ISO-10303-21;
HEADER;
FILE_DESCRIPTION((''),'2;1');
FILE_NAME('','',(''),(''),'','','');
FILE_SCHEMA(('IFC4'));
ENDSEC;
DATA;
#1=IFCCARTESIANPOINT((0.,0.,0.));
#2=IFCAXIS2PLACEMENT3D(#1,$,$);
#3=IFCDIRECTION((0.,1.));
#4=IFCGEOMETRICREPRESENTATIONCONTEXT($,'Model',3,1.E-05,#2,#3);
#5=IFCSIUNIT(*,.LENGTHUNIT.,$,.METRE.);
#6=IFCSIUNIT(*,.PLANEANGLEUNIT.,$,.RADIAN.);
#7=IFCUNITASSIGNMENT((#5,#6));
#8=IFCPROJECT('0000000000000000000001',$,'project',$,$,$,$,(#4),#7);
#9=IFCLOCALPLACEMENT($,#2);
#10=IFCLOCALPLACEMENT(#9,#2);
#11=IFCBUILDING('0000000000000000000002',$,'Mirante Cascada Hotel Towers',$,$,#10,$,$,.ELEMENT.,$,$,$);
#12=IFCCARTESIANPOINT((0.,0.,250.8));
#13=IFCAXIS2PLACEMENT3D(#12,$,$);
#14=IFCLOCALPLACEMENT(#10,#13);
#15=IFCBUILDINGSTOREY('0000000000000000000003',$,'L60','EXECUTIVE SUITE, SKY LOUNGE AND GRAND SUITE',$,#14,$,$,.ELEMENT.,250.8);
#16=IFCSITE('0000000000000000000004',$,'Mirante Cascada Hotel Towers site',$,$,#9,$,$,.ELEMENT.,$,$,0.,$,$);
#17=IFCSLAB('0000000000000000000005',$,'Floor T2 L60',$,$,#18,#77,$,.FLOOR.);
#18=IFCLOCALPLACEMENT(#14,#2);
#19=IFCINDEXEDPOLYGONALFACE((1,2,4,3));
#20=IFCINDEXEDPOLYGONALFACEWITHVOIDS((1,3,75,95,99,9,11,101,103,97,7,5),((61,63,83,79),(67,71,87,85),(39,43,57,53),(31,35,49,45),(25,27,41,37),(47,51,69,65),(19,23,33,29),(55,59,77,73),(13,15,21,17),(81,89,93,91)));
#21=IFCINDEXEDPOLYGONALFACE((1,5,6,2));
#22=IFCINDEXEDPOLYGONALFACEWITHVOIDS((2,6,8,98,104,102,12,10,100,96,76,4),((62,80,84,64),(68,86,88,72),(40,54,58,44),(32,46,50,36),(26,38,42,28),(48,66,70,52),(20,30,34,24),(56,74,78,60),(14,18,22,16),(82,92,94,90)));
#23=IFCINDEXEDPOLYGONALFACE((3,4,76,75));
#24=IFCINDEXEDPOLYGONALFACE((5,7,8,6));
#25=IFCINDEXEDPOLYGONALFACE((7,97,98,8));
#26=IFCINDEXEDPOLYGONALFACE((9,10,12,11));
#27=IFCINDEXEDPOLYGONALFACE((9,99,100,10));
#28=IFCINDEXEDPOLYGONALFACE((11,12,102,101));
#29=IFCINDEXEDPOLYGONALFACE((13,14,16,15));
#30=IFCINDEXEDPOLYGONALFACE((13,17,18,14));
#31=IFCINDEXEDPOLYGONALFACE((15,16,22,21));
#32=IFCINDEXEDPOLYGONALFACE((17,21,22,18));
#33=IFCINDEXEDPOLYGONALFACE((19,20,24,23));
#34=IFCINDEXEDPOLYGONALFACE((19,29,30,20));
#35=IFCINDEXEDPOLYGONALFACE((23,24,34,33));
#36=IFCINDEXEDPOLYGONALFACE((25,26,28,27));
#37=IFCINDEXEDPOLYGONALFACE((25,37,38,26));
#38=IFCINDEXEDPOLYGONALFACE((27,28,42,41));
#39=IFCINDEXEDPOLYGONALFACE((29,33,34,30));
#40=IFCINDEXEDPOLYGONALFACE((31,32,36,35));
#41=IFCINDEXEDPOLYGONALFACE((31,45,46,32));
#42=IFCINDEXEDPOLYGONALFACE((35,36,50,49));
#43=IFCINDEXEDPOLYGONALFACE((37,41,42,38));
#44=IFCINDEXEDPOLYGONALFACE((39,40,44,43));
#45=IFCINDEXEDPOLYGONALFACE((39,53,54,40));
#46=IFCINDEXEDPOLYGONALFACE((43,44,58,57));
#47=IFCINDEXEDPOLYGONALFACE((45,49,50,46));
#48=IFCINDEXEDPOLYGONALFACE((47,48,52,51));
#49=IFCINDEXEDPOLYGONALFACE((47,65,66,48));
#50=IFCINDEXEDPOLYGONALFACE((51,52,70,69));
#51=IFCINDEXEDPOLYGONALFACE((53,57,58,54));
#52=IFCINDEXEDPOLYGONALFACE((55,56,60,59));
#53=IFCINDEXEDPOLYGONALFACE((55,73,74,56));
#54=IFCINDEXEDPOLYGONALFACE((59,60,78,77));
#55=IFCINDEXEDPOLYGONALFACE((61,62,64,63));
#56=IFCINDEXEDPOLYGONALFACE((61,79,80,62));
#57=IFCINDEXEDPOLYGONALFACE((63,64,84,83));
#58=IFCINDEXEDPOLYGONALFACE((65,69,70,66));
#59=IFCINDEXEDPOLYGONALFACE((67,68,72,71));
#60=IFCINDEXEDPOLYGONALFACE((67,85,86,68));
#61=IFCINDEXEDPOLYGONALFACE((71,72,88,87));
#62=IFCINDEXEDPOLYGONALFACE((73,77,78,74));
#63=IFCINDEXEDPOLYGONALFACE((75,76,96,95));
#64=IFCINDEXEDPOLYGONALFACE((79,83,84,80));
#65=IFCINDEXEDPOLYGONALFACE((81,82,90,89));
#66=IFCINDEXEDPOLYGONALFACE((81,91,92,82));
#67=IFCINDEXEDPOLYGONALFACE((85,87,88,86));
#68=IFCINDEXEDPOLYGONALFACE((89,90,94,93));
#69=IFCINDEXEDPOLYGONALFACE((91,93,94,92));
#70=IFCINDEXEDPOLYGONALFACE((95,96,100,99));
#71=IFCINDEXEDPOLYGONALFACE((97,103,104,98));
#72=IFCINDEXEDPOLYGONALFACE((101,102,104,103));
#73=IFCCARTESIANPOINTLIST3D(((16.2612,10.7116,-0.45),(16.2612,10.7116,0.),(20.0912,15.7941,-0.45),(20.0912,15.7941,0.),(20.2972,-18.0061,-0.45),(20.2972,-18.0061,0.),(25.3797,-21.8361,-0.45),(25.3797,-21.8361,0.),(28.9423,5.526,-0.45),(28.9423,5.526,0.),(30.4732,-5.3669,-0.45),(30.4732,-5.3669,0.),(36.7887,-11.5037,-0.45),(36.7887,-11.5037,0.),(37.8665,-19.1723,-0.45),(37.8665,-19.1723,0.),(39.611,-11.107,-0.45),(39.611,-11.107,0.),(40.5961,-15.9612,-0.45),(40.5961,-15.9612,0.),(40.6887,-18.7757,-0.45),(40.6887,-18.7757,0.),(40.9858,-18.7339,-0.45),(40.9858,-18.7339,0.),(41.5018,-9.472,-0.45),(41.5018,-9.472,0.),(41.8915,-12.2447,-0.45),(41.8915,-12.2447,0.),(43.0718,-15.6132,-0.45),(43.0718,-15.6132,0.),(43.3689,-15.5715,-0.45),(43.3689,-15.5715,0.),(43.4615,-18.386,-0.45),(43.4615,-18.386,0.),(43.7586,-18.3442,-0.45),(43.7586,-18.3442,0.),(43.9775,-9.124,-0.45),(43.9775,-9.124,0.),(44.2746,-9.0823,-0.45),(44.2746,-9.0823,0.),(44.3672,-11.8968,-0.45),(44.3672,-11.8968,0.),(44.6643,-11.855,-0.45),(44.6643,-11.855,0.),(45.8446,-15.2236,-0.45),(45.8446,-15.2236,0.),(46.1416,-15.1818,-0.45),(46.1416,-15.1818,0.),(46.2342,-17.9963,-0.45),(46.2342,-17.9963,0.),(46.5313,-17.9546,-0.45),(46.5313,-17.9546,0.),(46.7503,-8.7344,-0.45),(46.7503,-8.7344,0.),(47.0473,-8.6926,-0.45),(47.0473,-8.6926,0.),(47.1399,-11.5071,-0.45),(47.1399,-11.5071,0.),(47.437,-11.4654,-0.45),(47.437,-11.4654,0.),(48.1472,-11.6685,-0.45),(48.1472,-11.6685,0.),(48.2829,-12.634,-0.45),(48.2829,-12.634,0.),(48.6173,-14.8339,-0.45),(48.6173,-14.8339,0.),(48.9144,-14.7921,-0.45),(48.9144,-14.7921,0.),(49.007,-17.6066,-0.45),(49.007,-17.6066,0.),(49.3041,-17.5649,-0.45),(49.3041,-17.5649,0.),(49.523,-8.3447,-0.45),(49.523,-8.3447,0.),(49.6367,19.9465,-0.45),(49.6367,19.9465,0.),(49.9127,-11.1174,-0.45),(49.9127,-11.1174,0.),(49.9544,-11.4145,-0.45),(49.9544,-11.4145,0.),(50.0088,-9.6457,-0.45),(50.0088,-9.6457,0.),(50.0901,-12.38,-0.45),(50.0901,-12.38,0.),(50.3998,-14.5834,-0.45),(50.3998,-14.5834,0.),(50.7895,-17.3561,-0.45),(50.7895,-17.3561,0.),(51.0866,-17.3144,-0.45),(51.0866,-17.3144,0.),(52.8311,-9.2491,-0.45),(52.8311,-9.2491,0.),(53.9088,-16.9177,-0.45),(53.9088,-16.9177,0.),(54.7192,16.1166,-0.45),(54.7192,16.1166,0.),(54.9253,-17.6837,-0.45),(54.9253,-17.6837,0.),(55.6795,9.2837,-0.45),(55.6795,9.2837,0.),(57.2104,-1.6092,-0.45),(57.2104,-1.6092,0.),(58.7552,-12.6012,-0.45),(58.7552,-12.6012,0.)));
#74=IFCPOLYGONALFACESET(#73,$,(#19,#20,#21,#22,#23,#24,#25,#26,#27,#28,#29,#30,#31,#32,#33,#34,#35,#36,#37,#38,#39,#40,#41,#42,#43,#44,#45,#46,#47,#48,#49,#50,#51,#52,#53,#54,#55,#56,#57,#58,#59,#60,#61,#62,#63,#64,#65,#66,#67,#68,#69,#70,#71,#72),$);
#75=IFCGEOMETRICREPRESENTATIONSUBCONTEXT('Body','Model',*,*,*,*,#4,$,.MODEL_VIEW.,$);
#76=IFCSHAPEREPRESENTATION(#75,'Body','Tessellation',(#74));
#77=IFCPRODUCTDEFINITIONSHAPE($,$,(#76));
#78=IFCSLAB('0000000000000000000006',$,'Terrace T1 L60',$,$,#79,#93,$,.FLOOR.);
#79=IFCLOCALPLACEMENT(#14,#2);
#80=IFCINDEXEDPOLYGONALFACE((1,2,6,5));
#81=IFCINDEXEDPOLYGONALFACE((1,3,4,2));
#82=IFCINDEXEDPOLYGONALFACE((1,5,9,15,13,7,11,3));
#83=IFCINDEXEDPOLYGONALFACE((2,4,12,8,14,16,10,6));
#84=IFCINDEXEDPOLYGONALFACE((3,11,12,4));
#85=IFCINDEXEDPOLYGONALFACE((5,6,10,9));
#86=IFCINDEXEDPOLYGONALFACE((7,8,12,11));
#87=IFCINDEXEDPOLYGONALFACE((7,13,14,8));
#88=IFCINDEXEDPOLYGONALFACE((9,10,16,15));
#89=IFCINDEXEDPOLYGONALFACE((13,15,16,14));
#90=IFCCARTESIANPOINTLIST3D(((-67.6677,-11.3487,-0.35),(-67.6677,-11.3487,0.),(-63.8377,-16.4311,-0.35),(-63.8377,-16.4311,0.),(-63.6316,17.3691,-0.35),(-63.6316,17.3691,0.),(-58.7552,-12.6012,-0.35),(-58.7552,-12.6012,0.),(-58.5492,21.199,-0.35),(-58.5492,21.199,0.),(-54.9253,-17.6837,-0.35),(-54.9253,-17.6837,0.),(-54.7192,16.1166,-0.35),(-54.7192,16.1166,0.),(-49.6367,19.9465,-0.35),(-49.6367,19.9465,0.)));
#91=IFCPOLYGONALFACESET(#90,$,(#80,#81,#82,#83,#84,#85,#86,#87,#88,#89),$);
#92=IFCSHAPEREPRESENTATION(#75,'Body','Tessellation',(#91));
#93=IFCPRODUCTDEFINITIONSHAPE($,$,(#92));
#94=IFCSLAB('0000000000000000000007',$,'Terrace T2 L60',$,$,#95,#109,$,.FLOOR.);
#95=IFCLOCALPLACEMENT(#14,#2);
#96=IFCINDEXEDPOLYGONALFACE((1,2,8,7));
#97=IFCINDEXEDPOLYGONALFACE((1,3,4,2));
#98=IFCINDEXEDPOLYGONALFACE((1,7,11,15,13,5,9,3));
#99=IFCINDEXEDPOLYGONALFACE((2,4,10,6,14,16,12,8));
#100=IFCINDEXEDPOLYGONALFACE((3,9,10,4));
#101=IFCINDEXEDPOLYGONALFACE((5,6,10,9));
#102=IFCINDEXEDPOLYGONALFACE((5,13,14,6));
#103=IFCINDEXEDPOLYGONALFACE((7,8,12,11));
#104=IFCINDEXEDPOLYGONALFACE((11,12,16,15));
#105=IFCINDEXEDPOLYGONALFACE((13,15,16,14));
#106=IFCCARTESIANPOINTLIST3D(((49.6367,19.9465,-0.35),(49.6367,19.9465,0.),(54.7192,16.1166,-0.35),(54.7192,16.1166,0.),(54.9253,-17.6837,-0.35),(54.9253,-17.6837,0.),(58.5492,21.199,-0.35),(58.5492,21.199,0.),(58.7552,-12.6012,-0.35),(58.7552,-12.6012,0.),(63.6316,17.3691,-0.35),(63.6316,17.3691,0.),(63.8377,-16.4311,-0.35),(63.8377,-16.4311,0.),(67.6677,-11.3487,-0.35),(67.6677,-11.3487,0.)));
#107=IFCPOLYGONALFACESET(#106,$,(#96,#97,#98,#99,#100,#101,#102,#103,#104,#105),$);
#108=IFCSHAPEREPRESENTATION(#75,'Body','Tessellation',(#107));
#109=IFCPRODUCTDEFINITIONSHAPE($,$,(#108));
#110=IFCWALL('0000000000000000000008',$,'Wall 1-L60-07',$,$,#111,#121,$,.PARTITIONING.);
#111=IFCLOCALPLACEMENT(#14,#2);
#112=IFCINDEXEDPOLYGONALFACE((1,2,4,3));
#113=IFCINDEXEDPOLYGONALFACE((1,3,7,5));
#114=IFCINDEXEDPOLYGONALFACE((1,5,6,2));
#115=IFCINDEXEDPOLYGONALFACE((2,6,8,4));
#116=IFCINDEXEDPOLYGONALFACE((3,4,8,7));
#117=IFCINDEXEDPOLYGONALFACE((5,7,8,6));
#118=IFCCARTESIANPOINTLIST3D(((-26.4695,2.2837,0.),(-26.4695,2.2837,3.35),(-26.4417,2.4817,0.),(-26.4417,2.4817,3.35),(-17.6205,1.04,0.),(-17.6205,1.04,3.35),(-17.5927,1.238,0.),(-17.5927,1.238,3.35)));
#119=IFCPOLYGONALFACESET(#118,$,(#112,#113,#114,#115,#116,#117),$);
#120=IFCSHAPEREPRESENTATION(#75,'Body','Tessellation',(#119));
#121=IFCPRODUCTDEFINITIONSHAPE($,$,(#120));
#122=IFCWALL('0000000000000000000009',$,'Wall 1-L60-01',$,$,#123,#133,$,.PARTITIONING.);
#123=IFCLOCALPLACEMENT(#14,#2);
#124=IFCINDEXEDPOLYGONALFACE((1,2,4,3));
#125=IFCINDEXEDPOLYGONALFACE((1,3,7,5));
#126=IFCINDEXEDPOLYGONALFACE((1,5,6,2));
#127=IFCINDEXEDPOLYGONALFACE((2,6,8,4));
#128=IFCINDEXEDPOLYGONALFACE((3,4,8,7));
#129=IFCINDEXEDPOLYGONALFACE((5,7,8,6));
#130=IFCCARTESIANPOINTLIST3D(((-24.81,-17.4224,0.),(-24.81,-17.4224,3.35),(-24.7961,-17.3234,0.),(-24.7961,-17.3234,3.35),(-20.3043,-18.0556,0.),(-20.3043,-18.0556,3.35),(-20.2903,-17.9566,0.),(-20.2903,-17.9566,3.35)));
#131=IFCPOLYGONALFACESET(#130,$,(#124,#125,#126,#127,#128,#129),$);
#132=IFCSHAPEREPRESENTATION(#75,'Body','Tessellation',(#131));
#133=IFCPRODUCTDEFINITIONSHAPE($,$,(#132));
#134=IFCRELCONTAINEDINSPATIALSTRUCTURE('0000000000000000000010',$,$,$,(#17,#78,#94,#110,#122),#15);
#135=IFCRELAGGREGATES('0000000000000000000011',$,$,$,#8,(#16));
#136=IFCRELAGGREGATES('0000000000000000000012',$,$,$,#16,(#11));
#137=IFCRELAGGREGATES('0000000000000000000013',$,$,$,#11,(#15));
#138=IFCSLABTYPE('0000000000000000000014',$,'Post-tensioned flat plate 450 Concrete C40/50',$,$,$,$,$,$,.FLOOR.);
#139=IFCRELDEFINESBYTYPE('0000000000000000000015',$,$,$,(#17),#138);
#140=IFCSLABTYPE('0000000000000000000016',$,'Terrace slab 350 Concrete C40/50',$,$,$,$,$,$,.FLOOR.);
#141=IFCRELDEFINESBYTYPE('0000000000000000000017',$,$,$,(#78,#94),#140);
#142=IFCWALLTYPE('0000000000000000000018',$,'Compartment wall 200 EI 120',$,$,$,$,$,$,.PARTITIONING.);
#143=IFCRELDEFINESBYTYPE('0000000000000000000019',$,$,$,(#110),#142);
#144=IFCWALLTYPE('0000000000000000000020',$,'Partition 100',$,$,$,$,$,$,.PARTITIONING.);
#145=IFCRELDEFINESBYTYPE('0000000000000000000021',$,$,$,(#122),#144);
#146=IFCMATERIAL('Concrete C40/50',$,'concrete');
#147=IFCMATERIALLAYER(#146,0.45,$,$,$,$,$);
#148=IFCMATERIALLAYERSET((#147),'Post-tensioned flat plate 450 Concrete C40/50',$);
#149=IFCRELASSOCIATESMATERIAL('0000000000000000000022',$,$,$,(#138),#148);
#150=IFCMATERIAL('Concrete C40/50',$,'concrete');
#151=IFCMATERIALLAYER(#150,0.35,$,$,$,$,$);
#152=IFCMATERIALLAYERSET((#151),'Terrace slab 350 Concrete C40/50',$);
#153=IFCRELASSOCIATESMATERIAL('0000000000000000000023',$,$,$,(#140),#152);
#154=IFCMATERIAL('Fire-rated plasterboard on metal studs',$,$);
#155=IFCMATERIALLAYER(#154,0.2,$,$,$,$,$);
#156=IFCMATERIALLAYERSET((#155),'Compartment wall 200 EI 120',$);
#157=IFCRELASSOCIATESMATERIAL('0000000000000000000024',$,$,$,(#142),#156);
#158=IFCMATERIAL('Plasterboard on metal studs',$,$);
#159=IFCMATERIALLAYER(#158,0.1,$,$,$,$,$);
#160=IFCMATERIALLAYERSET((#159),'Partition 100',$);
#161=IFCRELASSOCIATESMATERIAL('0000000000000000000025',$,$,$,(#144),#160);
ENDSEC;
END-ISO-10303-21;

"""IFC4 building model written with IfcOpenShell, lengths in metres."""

from ifc_helpers import new_model, si_unit, direction, frame, frame_2d, origin, place, context, subcontext, project, spatial, polyline, rectangle, outline, extrude, material, layer, layer_set, type_object, element, save


model = new_model("IFC4")

# Units and contexts
model_context = context("Model", 3, precision=1e-05, world=origin(), true_north=direction((0.0, 1.0)))
body_context = subcontext(model_context, "Body", "Model", "MODEL_VIEW")
ifc_project = project(units=[si_unit("LENGTHUNIT", "METRE"), si_unit("PLANEANGLEUNIT", "RADIAN")], contexts=[model_context])

# Site, building, storey
site_placement = place(None, origin())
site = spatial("IfcSite", under=ifc_project, at=site_placement, Name="Mirante Cascada Hotel Towers site", CompositionType="ELEMENT", RefElevation=0.0)
building_placement = place(site_placement, origin())
building = spatial("IfcBuilding", under=site, at=building_placement, Name="Mirante Cascada Hotel Towers", CompositionType="ELEMENT")
storey_placement = place(building_placement, frame((0.0, 0.0, 250.8)))
storey = spatial("IfcBuildingStorey", under=building, at=storey_placement, Name="L60", Description="EXECUTIVE SUITE, SKY LOUNGE AND GRAND SUITE", CompositionType="ELEMENT", Elevation=250.8)

# Slabs
ifc_material_1 = material(Name="Concrete C40/50", Category="concrete")
ifc_layer_1 = layer(ifc_material_1, 0.45)
ifc_layer_set_1 = layer_set([ifc_layer_1], Name="Post-tensioned flat plate 450 Concrete C40/50")
slab_type_1 = type_object("IfcSlabType", Name="Post-tensioned flat plate 450 Concrete C40/50", PredefinedType="FLOOR", material=ifc_layer_set_1)
slab_1_placement = place(storey_placement, frame((0.0, 0.0, -0.45)))
element("IfcSlab", 1, at=slab_1_placement, inside=storey, type_object=slab_type_1, Name="Floor T2 L60", PredefinedType="FLOOR", context=body_context, shape_type="SweptSolid", body=[
    extrude(outline(polyline([(20.2972, -18.0061), (16.2612, 10.7116), (20.0912, 15.7941), (49.6367, 19.9465), (49.6367, 19.9465), (49.6367, 19.9465), (49.6367, 19.9465), (49.6367, 19.9465), (49.6367, 19.9465), (49.6367, 19.9465), (49.6367, 19.9465), (49.6367, 19.9465), (54.7192, 16.1166), (55.6795, 9.2837), (28.9423, 5.526), (30.4732, -5.3669), (57.2104, -1.6092), (58.7552, -12.6012), (54.9253, -17.6837), (54.9253, -17.6837), (54.9253, -17.6837), (54.9253, -17.6837), (54.9253, -17.6837), (54.9253, -17.6837), (54.9253, -17.6837), (54.9253, -17.6837), (54.9253, -17.6837), (25.3797, -21.8361), (20.2972, -18.0061)]), holes=[polyline([(40.5961, -15.9612), (40.9858, -18.7339), (43.4615, -18.386), (43.0718, -15.6132), (40.5961, -15.9612)]), polyline([(43.3689, -15.5715), (43.7586, -18.3442), (46.2342, -17.9963), (45.8446, -15.2236), (43.3689, -15.5715)]), polyline([(40.6887, -18.7757), (39.611, -11.107), (36.7887, -11.5037), (37.8665, -19.1723), (40.6887, -18.7757)]), polyline([(43.9775, -9.124), (41.5018, -9.472), (41.8915, -12.2447), (44.3672, -11.8968), (43.9775, -9.124)]), polyline([(46.7503, -8.7344), (44.2746, -9.0823), (44.6643, -11.855), (47.1399, -11.5071), (46.7503, -8.7344)]), polyline([(48.6173, -14.8339), (46.1416, -15.1818), (46.5313, -17.9546), (49.007, -17.6066), (48.6173, -14.8339)]), polyline([(50.3998, -14.5834), (48.9144, -14.7921), (49.3041, -17.5649), (50.7895, -17.3561), (50.3998, -14.5834)]), polyline([(53.9088, -16.9177), (52.8311, -9.2491), (50.0088, -9.6457), (51.0866, -17.3144), (53.9088, -16.9177)]), polyline([(49.9544, -11.4145), (48.1472, -11.6685), (48.2829, -12.634), (50.0901, -12.38), (49.9544, -11.4145)]), polyline([(49.523, -8.3447), (47.0473, -8.6926), (47.437, -11.4654), (49.9127, -11.1174), (49.523, -8.3447)])]), origin(), (0.0, 0.0, 1.0), 0.45),
])
ifc_material_2 = material(Name="Concrete C40/50", Category="concrete")
ifc_layer_2 = layer(ifc_material_2, 0.35)
ifc_layer_set_2 = layer_set([ifc_layer_2], Name="Terrace slab 350 Concrete C40/50")
slab_type_2 = type_object("IfcSlabType", Name="Terrace slab 350 Concrete C40/50", PredefinedType="FLOOR", material=ifc_layer_set_2)
slab_2_placement = place(storey_placement, frame((0.0, 0.0, -0.35)))
element("IfcSlab", 2, at=slab_2_placement, inside=storey, type_object=slab_type_2, Name="Terrace T1 L60", PredefinedType="FLOOR", context=body_context, shape_type="SweptSolid", body=[
    extrude(outline(polyline([(-58.5492, 21.199), (-63.6316, 17.3691), (-67.6677, -11.3487), (-63.8377, -16.4311), (-54.9253, -17.6837), (-58.7552, -12.6012), (-54.7192, 16.1166), (-49.6367, 19.9465), (-58.5492, 21.199)])), origin(), (0.0, 0.0, 1.0), 0.35),
])
slab_3_placement = place(storey_placement, frame((0.0, 0.0, -0.35)))
element("IfcSlab", 3, at=slab_3_placement, inside=storey, type_object=slab_type_2, Name="Terrace T2 L60", PredefinedType="FLOOR", context=body_context, shape_type="SweptSolid", body=[
    extrude(outline(polyline([(58.5492, 21.199), (63.6316, 17.3691), (67.6677, -11.3487), (63.8377, -16.4311), (54.9253, -17.6837), (58.7552, -12.6012), (54.7192, 16.1166), (49.6367, 19.9465), (58.5492, 21.199)])), origin(), (0.0, 0.0, 1.0), 0.35),
])

# Walls
ifc_material_3 = material(Name="Fire-rated plasterboard on metal studs")
ifc_layer_3 = layer(ifc_material_3, 0.2)
ifc_layer_set_3 = layer_set([ifc_layer_3], Name="Compartment wall 200 EI 120")
wall_type_1 = type_object("IfcWallType", Name="Compartment wall 200 EI 120", PredefinedType="PARTITIONING", material=ifc_layer_set_3)
wall_1_placement = place(storey_placement, frame((-17.6066, 1.139, 0.0), z_axis=(0.0, 0.0, 1.0), x_axis=(-0.990267, 0.139179, 0.0)))
element("IfcWall", 4, at=wall_1_placement, inside=storey, type_object=wall_type_1, Name="Wall 1-L60-07", PredefinedType="PARTITIONING", context=body_context, shape_type="SweptSolid", body=[
    extrude(rectangle(XDim=8.936, YDim=0.2, at=frame_2d((4.468, 0.0))), origin(), (0.0, 0.0, 1.0), 3.35),
])
ifc_material_4 = material(Name="Plasterboard on metal studs")
ifc_layer_4 = layer(ifc_material_4, 0.1)
ifc_layer_set_4 = layer_set([ifc_layer_4], Name="Partition 100")
wall_type_2 = type_object("IfcWallType", Name="Partition 100", PredefinedType="PARTITIONING", material=ifc_layer_set_4)
wall_2_placement = place(storey_placement, frame((-20.2973, -18.0061, 0.0), z_axis=(0.0, 0.0, 1.0), x_axis=(-0.990269, 0.139166, 0.0)))
element("IfcWall", 5, at=wall_2_placement, inside=storey, type_object=wall_type_2, Name="Wall 1-L60-01", PredefinedType="PARTITIONING", context=body_context, shape_type="SweptSolid", body=[
    extrude(rectangle(XDim=4.55, YDim=0.1, at=frame_2d((2.275, 0.0))), origin(), (0.0, 0.0, 1.0), 3.35),
])

save(model, "model.ifc")
